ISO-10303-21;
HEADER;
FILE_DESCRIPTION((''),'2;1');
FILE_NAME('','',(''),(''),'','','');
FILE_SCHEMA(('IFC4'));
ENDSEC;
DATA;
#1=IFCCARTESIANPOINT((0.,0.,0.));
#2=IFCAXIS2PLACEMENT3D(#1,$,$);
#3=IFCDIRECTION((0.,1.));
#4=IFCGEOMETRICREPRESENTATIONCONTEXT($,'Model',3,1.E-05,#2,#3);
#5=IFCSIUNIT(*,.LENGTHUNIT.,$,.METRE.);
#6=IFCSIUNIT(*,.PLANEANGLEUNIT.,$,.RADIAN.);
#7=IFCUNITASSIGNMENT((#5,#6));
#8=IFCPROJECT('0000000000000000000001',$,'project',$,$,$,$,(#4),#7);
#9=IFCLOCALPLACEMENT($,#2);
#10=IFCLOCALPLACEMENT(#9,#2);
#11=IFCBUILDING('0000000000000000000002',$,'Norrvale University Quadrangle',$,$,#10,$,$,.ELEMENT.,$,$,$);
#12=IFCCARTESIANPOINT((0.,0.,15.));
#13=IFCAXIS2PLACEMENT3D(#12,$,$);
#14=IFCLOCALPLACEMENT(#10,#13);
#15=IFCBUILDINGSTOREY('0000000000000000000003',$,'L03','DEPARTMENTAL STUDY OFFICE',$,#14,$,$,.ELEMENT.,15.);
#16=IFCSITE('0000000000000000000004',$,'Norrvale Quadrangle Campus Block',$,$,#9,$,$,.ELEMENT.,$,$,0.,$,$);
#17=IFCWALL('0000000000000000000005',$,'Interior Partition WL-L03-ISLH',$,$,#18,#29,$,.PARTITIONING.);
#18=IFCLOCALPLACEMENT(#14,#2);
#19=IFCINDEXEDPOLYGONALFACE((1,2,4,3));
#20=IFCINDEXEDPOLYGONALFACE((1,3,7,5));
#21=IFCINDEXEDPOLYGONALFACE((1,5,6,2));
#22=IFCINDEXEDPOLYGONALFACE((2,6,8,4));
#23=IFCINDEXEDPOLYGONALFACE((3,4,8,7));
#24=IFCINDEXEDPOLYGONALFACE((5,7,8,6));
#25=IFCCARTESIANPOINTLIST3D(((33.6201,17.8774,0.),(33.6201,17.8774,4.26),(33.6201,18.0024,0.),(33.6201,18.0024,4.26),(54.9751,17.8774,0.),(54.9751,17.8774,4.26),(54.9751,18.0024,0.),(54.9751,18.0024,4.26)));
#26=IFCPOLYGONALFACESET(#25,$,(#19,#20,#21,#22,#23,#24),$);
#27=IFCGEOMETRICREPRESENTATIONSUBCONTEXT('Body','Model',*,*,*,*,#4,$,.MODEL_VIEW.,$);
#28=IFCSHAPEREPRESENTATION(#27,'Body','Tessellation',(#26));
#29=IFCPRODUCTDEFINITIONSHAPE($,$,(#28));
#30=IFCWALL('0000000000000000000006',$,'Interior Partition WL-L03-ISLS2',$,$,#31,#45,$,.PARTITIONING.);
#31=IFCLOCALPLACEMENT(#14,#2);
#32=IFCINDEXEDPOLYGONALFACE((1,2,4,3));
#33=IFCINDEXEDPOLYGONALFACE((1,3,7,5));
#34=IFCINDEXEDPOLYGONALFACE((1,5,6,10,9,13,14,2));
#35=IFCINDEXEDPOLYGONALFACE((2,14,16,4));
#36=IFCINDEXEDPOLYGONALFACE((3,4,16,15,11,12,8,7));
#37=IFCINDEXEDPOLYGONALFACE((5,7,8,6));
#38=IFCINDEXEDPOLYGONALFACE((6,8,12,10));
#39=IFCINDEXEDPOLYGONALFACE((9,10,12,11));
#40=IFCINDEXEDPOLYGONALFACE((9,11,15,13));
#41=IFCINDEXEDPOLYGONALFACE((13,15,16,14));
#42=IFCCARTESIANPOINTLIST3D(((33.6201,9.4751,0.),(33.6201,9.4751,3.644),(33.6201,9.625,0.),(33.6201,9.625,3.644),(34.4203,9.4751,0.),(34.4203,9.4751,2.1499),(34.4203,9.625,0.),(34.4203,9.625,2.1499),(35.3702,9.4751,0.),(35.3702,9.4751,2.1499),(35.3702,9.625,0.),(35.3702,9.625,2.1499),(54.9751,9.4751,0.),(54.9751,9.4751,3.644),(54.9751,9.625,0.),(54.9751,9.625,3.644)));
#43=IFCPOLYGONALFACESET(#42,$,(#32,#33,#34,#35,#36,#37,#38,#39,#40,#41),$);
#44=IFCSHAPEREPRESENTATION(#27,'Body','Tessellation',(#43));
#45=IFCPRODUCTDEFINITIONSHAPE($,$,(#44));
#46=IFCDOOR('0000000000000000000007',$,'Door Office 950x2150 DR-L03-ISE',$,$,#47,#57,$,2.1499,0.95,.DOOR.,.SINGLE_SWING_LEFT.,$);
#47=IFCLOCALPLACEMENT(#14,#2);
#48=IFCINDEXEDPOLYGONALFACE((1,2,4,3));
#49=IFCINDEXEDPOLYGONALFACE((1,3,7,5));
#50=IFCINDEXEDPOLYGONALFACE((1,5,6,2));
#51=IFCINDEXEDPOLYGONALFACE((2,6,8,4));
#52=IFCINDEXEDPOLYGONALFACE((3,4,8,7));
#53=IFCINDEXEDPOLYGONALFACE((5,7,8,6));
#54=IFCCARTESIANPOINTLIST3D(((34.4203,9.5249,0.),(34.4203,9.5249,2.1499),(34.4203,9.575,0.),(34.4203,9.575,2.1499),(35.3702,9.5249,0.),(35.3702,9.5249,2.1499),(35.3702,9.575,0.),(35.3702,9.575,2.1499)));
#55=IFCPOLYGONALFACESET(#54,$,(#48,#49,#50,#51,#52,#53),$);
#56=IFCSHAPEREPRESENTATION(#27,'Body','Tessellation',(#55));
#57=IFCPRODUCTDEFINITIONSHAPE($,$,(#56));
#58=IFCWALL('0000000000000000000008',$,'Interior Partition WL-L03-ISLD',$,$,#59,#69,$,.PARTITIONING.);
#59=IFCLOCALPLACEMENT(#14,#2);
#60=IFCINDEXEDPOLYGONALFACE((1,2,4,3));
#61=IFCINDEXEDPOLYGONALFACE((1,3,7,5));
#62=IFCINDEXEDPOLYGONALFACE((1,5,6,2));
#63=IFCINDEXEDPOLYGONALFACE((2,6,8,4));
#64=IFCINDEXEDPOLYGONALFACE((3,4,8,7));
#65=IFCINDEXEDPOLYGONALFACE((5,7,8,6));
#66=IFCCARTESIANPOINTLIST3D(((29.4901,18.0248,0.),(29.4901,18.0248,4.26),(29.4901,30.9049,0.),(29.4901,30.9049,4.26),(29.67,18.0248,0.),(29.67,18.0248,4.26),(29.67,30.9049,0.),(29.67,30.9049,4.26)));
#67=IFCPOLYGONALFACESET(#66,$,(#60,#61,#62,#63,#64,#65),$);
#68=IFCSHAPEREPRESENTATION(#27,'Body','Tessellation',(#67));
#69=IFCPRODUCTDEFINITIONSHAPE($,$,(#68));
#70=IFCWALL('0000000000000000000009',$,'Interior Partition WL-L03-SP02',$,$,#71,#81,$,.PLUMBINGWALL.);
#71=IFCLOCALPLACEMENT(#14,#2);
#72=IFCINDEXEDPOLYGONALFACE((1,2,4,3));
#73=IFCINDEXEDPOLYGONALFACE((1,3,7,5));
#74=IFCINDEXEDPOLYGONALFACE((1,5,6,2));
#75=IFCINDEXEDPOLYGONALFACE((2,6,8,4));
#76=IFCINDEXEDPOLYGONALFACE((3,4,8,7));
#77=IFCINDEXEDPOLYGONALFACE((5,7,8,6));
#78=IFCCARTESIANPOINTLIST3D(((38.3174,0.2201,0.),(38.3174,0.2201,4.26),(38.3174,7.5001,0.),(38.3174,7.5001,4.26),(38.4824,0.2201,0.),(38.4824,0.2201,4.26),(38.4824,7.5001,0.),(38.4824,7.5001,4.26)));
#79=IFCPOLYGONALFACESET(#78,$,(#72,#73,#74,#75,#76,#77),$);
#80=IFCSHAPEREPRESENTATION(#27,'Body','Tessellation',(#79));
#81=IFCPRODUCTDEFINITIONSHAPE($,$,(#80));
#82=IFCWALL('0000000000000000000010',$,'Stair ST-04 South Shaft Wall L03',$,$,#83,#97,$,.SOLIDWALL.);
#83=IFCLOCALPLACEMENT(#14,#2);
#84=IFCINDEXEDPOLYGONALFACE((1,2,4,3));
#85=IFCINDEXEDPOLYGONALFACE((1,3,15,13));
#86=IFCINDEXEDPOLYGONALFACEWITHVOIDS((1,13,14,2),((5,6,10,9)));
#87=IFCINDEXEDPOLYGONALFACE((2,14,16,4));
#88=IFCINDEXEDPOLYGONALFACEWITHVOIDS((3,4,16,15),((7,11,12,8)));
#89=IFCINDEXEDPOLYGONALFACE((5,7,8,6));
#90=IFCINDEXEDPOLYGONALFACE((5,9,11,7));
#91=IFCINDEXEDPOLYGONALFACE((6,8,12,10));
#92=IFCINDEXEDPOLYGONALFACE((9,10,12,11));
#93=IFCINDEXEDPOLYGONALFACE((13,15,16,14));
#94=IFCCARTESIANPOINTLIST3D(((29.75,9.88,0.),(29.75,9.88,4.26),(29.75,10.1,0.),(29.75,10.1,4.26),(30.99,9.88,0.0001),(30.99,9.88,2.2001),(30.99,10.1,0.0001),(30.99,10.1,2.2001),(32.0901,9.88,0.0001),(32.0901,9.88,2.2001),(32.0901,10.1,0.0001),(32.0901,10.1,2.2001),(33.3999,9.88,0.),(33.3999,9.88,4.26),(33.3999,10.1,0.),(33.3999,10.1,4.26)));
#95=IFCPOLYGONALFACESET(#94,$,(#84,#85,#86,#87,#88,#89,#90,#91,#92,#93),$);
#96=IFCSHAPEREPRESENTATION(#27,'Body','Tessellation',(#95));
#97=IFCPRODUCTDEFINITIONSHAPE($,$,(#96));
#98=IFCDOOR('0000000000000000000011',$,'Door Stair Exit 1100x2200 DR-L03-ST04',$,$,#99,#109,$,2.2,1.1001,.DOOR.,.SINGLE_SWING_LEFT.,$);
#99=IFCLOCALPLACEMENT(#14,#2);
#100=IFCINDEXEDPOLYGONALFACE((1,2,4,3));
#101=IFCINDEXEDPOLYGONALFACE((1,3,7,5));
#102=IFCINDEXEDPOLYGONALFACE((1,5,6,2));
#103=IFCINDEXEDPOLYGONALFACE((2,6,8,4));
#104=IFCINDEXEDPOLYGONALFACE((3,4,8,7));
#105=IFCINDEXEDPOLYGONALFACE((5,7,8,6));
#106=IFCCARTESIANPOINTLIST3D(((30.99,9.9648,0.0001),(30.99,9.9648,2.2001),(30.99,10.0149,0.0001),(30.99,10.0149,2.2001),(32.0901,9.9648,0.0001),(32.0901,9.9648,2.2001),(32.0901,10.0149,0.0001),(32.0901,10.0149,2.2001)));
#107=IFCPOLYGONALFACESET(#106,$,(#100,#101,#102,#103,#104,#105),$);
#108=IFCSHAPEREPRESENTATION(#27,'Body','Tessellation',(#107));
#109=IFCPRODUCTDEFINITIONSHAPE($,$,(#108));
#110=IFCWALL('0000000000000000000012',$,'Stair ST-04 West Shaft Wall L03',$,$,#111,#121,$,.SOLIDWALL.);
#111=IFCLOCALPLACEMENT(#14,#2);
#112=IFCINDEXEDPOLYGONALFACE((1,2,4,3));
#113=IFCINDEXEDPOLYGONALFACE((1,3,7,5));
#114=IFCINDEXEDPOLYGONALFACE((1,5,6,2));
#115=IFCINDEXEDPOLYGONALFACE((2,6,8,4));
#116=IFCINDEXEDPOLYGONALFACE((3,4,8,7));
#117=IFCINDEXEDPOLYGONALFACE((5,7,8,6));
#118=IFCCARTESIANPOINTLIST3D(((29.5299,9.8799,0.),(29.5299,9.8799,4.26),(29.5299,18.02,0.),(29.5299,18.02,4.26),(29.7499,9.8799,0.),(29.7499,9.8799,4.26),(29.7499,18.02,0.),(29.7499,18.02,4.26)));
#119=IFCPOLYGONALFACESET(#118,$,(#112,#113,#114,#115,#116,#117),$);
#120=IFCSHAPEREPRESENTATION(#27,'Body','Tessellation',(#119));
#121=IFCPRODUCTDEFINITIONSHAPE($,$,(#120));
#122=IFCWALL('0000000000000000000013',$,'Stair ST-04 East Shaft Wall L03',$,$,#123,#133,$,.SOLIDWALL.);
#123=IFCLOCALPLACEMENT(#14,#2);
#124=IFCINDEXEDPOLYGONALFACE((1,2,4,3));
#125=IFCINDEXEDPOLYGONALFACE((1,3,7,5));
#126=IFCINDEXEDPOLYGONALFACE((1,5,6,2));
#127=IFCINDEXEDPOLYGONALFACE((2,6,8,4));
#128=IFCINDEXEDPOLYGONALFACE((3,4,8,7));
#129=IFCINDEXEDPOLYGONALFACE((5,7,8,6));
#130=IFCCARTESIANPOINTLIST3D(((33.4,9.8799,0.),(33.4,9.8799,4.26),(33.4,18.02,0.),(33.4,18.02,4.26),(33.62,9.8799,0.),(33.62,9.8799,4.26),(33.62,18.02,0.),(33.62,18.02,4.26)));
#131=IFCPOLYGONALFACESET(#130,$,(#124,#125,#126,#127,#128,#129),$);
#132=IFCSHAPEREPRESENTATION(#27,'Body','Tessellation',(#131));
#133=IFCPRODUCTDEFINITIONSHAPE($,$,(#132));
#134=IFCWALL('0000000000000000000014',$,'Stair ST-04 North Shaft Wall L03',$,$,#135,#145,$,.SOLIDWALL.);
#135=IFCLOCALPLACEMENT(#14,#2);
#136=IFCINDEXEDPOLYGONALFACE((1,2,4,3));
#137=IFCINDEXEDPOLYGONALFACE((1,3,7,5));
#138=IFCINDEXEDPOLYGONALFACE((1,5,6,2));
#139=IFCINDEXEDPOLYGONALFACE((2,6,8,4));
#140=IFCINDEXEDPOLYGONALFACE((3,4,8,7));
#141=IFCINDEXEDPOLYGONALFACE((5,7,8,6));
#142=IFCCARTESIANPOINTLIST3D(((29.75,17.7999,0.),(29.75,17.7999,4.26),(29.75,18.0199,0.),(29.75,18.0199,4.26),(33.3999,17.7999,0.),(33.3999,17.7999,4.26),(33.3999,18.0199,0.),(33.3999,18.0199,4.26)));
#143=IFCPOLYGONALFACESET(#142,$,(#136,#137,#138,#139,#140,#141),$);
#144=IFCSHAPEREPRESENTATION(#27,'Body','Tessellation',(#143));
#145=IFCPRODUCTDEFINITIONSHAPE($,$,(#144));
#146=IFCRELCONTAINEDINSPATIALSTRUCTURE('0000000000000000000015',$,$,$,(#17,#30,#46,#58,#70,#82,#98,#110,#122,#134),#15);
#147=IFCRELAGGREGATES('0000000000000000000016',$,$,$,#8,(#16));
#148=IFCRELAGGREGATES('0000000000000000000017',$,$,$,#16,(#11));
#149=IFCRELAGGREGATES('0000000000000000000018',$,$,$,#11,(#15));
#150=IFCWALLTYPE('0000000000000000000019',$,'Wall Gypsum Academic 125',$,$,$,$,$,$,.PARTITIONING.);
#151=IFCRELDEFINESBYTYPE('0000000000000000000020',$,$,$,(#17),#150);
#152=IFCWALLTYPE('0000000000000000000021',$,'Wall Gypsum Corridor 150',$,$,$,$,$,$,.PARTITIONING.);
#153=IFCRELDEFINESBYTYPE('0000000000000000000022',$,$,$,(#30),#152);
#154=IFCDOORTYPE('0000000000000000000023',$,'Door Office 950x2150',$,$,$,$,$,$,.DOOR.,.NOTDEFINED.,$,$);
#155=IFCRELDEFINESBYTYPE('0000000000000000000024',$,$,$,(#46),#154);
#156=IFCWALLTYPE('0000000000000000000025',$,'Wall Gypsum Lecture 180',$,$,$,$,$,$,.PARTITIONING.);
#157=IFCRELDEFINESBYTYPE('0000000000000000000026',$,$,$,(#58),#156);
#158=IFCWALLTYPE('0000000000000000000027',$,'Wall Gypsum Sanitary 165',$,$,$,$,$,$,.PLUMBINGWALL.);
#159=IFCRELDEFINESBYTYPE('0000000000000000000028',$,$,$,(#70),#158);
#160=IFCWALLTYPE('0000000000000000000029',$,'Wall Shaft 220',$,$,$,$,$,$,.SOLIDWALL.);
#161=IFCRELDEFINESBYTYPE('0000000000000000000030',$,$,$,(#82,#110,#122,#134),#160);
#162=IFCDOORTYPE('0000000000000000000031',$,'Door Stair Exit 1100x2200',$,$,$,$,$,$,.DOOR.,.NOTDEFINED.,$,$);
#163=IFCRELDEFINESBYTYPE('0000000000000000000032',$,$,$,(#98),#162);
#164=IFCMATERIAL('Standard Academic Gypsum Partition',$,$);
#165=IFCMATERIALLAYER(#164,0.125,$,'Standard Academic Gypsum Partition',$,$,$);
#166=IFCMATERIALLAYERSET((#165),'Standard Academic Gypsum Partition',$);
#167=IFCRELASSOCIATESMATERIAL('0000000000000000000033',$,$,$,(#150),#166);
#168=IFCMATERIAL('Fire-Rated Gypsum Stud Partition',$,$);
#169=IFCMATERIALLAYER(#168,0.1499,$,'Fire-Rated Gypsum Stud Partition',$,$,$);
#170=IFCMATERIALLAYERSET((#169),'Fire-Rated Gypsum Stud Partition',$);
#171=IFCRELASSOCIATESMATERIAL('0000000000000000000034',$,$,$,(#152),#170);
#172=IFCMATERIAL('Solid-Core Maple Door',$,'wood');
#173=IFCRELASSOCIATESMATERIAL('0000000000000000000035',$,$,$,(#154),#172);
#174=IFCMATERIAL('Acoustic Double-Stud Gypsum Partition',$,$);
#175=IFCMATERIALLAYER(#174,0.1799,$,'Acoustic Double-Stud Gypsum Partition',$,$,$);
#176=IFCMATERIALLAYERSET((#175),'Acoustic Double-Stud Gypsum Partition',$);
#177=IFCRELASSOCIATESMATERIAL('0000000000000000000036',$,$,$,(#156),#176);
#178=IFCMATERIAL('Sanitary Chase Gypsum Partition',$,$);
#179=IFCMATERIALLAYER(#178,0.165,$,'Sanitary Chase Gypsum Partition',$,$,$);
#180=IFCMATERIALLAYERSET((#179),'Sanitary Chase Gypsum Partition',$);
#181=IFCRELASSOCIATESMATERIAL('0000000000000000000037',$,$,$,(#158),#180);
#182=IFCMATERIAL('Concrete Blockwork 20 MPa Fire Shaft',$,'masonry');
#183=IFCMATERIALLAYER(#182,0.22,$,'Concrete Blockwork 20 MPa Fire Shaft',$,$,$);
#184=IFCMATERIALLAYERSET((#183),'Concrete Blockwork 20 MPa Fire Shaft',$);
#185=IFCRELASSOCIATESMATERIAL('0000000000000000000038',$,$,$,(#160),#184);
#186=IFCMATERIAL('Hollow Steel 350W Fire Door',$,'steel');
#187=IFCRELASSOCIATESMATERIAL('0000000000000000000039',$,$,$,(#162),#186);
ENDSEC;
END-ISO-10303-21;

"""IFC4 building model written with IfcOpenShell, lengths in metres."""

from ifc_helpers import new_model, si_unit, direction, frame, frame_2d, origin, place, context, subcontext, project, spatial, rectangle, extrude, material, layer, layer_set, type_object, element, fill, save


model = new_model("IFC4")

# Units and contexts
model_context = context("Model", 3, precision=1e-05, world=origin(), true_north=direction((0.0, 1.0)))
body_context = subcontext(model_context, "Body", "Model", "MODEL_VIEW")
ifc_project = project(units=[si_unit("LENGTHUNIT", "METRE"), si_unit("PLANEANGLEUNIT", "RADIAN")], contexts=[model_context])

# Site, building, storey
site_placement = place(None, origin())
site = spatial("IfcSite", under=ifc_project, at=site_placement, Name="Norrvale Quadrangle Campus Block", CompositionType="ELEMENT", RefElevation=0.0)
building_placement = place(site_placement, origin())
building = spatial("IfcBuilding", under=site, at=building_placement, Name="Norrvale University Quadrangle", CompositionType="ELEMENT")
storey_placement = place(building_placement, frame((0.0, 0.0, 15.0)))
storey = spatial("IfcBuildingStorey", under=building, at=storey_placement, Name="L03", Description="DEPARTMENTAL STUDY OFFICE", CompositionType="ELEMENT", Elevation=15.0)

# Wall
ifc_material_1 = material(Name="Standard Academic Gypsum Partition")
ifc_layer_1 = layer(ifc_material_1, 0.125, Name="Standard Academic Gypsum Partition")
ifc_layer_set_1 = layer_set([ifc_layer_1], Name="Standard Academic Gypsum Partition")
wall_type_1 = type_object("IfcWallType", Name="Wall Gypsum Academic 125", PredefinedType="PARTITIONING", material=ifc_layer_set_1)
wall_1_placement = place(storey_placement, frame((33.6201, 17.9399, 0.0), z_axis=(0.0, 0.0, 1.0), x_axis=(1.0, 0.0, 0.0)))
element("IfcWall", 1, at=wall_1_placement, inside=storey, type_object=wall_type_1, Name="Interior Partition WL-L03-ISLH", PredefinedType="PARTITIONING", context=body_context, shape_type="SweptSolid", body=[
    extrude(rectangle(XDim=21.355, YDim=0.125, at=frame_2d((10.6775, 0.0))), origin(), (0.0, 0.0, 1.0), 4.26),
])

# Wall, opening, door
ifc_material_2 = material(Name="Fire-Rated Gypsum Stud Partition")
ifc_layer_2 = layer(ifc_material_2, 0.1499, Name="Fire-Rated Gypsum Stud Partition")
ifc_layer_set_2 = layer_set([ifc_layer_2], Name="Fire-Rated Gypsum Stud Partition")
wall_type_2 = type_object("IfcWallType", Name="Wall Gypsum Corridor 150", PredefinedType="PARTITIONING", material=ifc_layer_set_2)
wall_2_placement = place(storey_placement, frame((33.6201, 9.55, 0.0), z_axis=(0.0, 0.0, 1.0), x_axis=(1.0, 0.0, 0.0)))
wall_2 = element("IfcWall", 2, at=wall_2_placement, inside=storey, type_object=wall_type_2, Name="Interior Partition WL-L03-ISLS2", PredefinedType="PARTITIONING", context=body_context, shape_type="SweptSolid", body=[
    extrude(rectangle(XDim=21.355, YDim=0.1499, at=frame_2d((10.6775, 0.0))), origin(), (0.0, 0.0, 1.0), 3.644),
])
opening_1_placement = place(wall_2_placement, frame((0.8, 0.0, 0.0)))
opening_1 = element("IfcOpeningElement", 3, at=opening_1_placement, cuts=wall_2, PredefinedType="OPENING", context=body_context, shape_type="SweptSolid", body=[
    extrude(rectangle(XDim=0.95, YDim=2.1499, at=frame_2d((0.4751, 1.075))), frame((0.0, 0.0869, 0.0), z_axis=(0.0, -1.0, 0.0), x_axis=(1.0, 0.0, 0.0)), (0.0, 0.0, 1.0), 0.1738),
])
ifc_material_3 = material(Name="Solid-Core Maple Door", Category="wood")
door_type_1 = type_object("IfcDoorType", Name="Door Office 950x2150", OperationType="NOTDEFINED", PredefinedType="DOOR", material=ifc_material_3)
door_1_placement = place(opening_1_placement, origin())
door_1 = element("IfcDoor", 4, at=door_1_placement, inside=storey, type_object=door_type_1, Name="Door Office 950x2150 DR-L03-ISE", OperationType="SINGLE_SWING_LEFT", OverallHeight=2.1499, OverallWidth=0.95, PredefinedType="DOOR", context=body_context, shape_type="SweptSolid", body=[
    extrude(rectangle(XDim=0.95, YDim=2.1499, at=frame_2d((0.4751, 1.075))), frame((0.0, 0.0249, 0.0), z_axis=(0.0, -1.0, 0.0), x_axis=(1.0, 0.0, 0.0)), (0.0, 0.0, 1.0), 0.05),
])
fill(opening_1, door_1)

# Walls
ifc_material_4 = material(Name="Acoustic Double-Stud Gypsum Partition")
ifc_layer_3 = layer(ifc_material_4, 0.1799, Name="Acoustic Double-Stud Gypsum Partition")
ifc_layer_set_3 = layer_set([ifc_layer_3], Name="Acoustic Double-Stud Gypsum Partition")
wall_type_3 = type_object("IfcWallType", Name="Wall Gypsum Lecture 180", PredefinedType="PARTITIONING", material=ifc_layer_set_3)
wall_3_placement = place(storey_placement, frame((29.5801, 18.0249, 0.0), z_axis=(0.0, 0.0, 1.0), x_axis=(0.0, 1.0, 0.0)))
element("IfcWall", 5, at=wall_3_placement, inside=storey, type_object=wall_type_3, Name="Interior Partition WL-L03-ISLD", PredefinedType="PARTITIONING", context=body_context, shape_type="SweptSolid", body=[
    extrude(rectangle(XDim=12.8801, YDim=0.1799, at=frame_2d((6.4399, 0.0))), origin(), (0.0, 0.0, 1.0), 4.26),
])
ifc_material_5 = material(Name="Sanitary Chase Gypsum Partition")
ifc_layer_4 = layer(ifc_material_5, 0.165, Name="Sanitary Chase Gypsum Partition")
ifc_layer_set_4 = layer_set([ifc_layer_4], Name="Sanitary Chase Gypsum Partition")
wall_type_4 = type_object("IfcWallType", Name="Wall Gypsum Sanitary 165", PredefinedType="PLUMBINGWALL", material=ifc_layer_set_4)
wall_4_placement = place(storey_placement, frame((38.3999, 0.22, 0.0), z_axis=(0.0, 0.0, 1.0), x_axis=(0.0, 1.0, 0.0)))
element("IfcWall", 6, at=wall_4_placement, inside=storey, type_object=wall_type_4, Name="Interior Partition WL-L03-SP02", PredefinedType="PLUMBINGWALL", context=body_context, shape_type="SweptSolid", body=[
    extrude(rectangle(XDim=7.28, YDim=0.165, at=frame_2d((3.6401, 0.0))), origin(), (0.0, 0.0, 1.0), 4.26),
])

# Wall, opening, door
ifc_material_6 = material(Name="Concrete Blockwork 20 MPa Fire Shaft", Category="masonry")
ifc_layer_5 = layer(ifc_material_6, 0.22, Name="Concrete Blockwork 20 MPa Fire Shaft")
ifc_layer_set_5 = layer_set([ifc_layer_5], Name="Concrete Blockwork 20 MPa Fire Shaft")
wall_type_5 = type_object("IfcWallType", Name="Wall Shaft 220", PredefinedType="SOLIDWALL", material=ifc_layer_set_5)
wall_5_placement = place(storey_placement, frame((29.75, 9.99, 0.0), z_axis=(0.0, 0.0, 1.0), x_axis=(1.0, 0.0, 0.0)))
wall_5 = element("IfcWall", 7, at=wall_5_placement, inside=storey, type_object=wall_type_5, Name="Stair ST-04 South Shaft Wall L03", PredefinedType="SOLIDWALL", context=body_context, shape_type="SweptSolid", body=[
    extrude(rectangle(XDim=3.6499, YDim=0.22, at=frame_2d((1.825, 0.0))), origin(), (0.0, 0.0, 1.0), 4.26),
])
opening_2_placement = place(wall_5_placement, frame((1.24, 0.0, 0.0)))
opening_2 = element("IfcOpeningElement", 8, at=opening_2_placement, cuts=wall_5, PredefinedType="OPENING", context=body_context, shape_type="SweptSolid", body=[
    extrude(rectangle(XDim=1.1001, YDim=2.2, at=frame_2d((0.55, 1.1001))), frame((0.0, 0.1221, 0.0), z_axis=(0.0, -1.0, 0.0), x_axis=(1.0, 0.0, 0.0)), (0.0, 0.0, 1.0), 0.2439),
])
ifc_material_7 = material(Name="Hollow Steel 350W Fire Door", Category="steel")
door_type_2 = type_object("IfcDoorType", Name="Door Stair Exit 1100x2200", OperationType="NOTDEFINED", PredefinedType="DOOR", material=ifc_material_7)
door_2_placement = place(opening_2_placement, origin())
door_2 = element("IfcDoor", 9, at=door_2_placement, inside=storey, type_object=door_type_2, Name="Door Stair Exit 1100x2200 DR-L03-ST04", OperationType="SINGLE_SWING_LEFT", OverallHeight=2.2, OverallWidth=1.1001, PredefinedType="DOOR", context=body_context, shape_type="SweptSolid", body=[
    extrude(rectangle(XDim=1.1001, YDim=2.2, at=frame_2d((0.55, 1.1001))), frame((0.0, 0.0249, 0.0), z_axis=(0.0, -1.0, 0.0), x_axis=(1.0, 0.0, 0.0)), (0.0, 0.0, 1.0), 0.05),
])
fill(opening_2, door_2)

# Walls
for number, where, z_axis, x_axis, name in (
    (10, (29.6399, 9.8799, 0.0), (0.0, 0.0, 1.0), (0.0, 1.0, 0.0), "Stair ST-04 West Shaft Wall L03"),
    (11, (33.51, 9.8799, 0.0), (0.0, 0.0, 1.0), (0.0, 1.0, 0.0), "Stair ST-04 East Shaft Wall L03"),
):
    element("IfcWall", number, at=place(storey_placement, frame(where, z_axis=z_axis, x_axis=x_axis)), inside=storey, type_object=wall_type_5, Name=name, PredefinedType="SOLIDWALL", context=body_context, shape_type="SweptSolid", body=[
        extrude(rectangle(XDim=8.1401, YDim=0.22, at=frame_2d((4.0701, 0.0))), origin(), (0.0, 0.0, 1.0), 4.26),
    ])
wall_6_placement = place(storey_placement, frame((29.75, 17.9099, 0.0), z_axis=(0.0, 0.0, 1.0), x_axis=(1.0, 0.0, 0.0)))
element("IfcWall", 12, at=wall_6_placement, inside=storey, type_object=wall_type_5, Name="Stair ST-04 North Shaft Wall L03", PredefinedType="SOLIDWALL", context=body_context, shape_type="SweptSolid", body=[
    extrude(rectangle(XDim=3.6499, YDim=0.22, at=frame_2d((1.825, 0.0))), origin(), (0.0, 0.0, 1.0), 4.26),
])

save(model, "model.ifc")
